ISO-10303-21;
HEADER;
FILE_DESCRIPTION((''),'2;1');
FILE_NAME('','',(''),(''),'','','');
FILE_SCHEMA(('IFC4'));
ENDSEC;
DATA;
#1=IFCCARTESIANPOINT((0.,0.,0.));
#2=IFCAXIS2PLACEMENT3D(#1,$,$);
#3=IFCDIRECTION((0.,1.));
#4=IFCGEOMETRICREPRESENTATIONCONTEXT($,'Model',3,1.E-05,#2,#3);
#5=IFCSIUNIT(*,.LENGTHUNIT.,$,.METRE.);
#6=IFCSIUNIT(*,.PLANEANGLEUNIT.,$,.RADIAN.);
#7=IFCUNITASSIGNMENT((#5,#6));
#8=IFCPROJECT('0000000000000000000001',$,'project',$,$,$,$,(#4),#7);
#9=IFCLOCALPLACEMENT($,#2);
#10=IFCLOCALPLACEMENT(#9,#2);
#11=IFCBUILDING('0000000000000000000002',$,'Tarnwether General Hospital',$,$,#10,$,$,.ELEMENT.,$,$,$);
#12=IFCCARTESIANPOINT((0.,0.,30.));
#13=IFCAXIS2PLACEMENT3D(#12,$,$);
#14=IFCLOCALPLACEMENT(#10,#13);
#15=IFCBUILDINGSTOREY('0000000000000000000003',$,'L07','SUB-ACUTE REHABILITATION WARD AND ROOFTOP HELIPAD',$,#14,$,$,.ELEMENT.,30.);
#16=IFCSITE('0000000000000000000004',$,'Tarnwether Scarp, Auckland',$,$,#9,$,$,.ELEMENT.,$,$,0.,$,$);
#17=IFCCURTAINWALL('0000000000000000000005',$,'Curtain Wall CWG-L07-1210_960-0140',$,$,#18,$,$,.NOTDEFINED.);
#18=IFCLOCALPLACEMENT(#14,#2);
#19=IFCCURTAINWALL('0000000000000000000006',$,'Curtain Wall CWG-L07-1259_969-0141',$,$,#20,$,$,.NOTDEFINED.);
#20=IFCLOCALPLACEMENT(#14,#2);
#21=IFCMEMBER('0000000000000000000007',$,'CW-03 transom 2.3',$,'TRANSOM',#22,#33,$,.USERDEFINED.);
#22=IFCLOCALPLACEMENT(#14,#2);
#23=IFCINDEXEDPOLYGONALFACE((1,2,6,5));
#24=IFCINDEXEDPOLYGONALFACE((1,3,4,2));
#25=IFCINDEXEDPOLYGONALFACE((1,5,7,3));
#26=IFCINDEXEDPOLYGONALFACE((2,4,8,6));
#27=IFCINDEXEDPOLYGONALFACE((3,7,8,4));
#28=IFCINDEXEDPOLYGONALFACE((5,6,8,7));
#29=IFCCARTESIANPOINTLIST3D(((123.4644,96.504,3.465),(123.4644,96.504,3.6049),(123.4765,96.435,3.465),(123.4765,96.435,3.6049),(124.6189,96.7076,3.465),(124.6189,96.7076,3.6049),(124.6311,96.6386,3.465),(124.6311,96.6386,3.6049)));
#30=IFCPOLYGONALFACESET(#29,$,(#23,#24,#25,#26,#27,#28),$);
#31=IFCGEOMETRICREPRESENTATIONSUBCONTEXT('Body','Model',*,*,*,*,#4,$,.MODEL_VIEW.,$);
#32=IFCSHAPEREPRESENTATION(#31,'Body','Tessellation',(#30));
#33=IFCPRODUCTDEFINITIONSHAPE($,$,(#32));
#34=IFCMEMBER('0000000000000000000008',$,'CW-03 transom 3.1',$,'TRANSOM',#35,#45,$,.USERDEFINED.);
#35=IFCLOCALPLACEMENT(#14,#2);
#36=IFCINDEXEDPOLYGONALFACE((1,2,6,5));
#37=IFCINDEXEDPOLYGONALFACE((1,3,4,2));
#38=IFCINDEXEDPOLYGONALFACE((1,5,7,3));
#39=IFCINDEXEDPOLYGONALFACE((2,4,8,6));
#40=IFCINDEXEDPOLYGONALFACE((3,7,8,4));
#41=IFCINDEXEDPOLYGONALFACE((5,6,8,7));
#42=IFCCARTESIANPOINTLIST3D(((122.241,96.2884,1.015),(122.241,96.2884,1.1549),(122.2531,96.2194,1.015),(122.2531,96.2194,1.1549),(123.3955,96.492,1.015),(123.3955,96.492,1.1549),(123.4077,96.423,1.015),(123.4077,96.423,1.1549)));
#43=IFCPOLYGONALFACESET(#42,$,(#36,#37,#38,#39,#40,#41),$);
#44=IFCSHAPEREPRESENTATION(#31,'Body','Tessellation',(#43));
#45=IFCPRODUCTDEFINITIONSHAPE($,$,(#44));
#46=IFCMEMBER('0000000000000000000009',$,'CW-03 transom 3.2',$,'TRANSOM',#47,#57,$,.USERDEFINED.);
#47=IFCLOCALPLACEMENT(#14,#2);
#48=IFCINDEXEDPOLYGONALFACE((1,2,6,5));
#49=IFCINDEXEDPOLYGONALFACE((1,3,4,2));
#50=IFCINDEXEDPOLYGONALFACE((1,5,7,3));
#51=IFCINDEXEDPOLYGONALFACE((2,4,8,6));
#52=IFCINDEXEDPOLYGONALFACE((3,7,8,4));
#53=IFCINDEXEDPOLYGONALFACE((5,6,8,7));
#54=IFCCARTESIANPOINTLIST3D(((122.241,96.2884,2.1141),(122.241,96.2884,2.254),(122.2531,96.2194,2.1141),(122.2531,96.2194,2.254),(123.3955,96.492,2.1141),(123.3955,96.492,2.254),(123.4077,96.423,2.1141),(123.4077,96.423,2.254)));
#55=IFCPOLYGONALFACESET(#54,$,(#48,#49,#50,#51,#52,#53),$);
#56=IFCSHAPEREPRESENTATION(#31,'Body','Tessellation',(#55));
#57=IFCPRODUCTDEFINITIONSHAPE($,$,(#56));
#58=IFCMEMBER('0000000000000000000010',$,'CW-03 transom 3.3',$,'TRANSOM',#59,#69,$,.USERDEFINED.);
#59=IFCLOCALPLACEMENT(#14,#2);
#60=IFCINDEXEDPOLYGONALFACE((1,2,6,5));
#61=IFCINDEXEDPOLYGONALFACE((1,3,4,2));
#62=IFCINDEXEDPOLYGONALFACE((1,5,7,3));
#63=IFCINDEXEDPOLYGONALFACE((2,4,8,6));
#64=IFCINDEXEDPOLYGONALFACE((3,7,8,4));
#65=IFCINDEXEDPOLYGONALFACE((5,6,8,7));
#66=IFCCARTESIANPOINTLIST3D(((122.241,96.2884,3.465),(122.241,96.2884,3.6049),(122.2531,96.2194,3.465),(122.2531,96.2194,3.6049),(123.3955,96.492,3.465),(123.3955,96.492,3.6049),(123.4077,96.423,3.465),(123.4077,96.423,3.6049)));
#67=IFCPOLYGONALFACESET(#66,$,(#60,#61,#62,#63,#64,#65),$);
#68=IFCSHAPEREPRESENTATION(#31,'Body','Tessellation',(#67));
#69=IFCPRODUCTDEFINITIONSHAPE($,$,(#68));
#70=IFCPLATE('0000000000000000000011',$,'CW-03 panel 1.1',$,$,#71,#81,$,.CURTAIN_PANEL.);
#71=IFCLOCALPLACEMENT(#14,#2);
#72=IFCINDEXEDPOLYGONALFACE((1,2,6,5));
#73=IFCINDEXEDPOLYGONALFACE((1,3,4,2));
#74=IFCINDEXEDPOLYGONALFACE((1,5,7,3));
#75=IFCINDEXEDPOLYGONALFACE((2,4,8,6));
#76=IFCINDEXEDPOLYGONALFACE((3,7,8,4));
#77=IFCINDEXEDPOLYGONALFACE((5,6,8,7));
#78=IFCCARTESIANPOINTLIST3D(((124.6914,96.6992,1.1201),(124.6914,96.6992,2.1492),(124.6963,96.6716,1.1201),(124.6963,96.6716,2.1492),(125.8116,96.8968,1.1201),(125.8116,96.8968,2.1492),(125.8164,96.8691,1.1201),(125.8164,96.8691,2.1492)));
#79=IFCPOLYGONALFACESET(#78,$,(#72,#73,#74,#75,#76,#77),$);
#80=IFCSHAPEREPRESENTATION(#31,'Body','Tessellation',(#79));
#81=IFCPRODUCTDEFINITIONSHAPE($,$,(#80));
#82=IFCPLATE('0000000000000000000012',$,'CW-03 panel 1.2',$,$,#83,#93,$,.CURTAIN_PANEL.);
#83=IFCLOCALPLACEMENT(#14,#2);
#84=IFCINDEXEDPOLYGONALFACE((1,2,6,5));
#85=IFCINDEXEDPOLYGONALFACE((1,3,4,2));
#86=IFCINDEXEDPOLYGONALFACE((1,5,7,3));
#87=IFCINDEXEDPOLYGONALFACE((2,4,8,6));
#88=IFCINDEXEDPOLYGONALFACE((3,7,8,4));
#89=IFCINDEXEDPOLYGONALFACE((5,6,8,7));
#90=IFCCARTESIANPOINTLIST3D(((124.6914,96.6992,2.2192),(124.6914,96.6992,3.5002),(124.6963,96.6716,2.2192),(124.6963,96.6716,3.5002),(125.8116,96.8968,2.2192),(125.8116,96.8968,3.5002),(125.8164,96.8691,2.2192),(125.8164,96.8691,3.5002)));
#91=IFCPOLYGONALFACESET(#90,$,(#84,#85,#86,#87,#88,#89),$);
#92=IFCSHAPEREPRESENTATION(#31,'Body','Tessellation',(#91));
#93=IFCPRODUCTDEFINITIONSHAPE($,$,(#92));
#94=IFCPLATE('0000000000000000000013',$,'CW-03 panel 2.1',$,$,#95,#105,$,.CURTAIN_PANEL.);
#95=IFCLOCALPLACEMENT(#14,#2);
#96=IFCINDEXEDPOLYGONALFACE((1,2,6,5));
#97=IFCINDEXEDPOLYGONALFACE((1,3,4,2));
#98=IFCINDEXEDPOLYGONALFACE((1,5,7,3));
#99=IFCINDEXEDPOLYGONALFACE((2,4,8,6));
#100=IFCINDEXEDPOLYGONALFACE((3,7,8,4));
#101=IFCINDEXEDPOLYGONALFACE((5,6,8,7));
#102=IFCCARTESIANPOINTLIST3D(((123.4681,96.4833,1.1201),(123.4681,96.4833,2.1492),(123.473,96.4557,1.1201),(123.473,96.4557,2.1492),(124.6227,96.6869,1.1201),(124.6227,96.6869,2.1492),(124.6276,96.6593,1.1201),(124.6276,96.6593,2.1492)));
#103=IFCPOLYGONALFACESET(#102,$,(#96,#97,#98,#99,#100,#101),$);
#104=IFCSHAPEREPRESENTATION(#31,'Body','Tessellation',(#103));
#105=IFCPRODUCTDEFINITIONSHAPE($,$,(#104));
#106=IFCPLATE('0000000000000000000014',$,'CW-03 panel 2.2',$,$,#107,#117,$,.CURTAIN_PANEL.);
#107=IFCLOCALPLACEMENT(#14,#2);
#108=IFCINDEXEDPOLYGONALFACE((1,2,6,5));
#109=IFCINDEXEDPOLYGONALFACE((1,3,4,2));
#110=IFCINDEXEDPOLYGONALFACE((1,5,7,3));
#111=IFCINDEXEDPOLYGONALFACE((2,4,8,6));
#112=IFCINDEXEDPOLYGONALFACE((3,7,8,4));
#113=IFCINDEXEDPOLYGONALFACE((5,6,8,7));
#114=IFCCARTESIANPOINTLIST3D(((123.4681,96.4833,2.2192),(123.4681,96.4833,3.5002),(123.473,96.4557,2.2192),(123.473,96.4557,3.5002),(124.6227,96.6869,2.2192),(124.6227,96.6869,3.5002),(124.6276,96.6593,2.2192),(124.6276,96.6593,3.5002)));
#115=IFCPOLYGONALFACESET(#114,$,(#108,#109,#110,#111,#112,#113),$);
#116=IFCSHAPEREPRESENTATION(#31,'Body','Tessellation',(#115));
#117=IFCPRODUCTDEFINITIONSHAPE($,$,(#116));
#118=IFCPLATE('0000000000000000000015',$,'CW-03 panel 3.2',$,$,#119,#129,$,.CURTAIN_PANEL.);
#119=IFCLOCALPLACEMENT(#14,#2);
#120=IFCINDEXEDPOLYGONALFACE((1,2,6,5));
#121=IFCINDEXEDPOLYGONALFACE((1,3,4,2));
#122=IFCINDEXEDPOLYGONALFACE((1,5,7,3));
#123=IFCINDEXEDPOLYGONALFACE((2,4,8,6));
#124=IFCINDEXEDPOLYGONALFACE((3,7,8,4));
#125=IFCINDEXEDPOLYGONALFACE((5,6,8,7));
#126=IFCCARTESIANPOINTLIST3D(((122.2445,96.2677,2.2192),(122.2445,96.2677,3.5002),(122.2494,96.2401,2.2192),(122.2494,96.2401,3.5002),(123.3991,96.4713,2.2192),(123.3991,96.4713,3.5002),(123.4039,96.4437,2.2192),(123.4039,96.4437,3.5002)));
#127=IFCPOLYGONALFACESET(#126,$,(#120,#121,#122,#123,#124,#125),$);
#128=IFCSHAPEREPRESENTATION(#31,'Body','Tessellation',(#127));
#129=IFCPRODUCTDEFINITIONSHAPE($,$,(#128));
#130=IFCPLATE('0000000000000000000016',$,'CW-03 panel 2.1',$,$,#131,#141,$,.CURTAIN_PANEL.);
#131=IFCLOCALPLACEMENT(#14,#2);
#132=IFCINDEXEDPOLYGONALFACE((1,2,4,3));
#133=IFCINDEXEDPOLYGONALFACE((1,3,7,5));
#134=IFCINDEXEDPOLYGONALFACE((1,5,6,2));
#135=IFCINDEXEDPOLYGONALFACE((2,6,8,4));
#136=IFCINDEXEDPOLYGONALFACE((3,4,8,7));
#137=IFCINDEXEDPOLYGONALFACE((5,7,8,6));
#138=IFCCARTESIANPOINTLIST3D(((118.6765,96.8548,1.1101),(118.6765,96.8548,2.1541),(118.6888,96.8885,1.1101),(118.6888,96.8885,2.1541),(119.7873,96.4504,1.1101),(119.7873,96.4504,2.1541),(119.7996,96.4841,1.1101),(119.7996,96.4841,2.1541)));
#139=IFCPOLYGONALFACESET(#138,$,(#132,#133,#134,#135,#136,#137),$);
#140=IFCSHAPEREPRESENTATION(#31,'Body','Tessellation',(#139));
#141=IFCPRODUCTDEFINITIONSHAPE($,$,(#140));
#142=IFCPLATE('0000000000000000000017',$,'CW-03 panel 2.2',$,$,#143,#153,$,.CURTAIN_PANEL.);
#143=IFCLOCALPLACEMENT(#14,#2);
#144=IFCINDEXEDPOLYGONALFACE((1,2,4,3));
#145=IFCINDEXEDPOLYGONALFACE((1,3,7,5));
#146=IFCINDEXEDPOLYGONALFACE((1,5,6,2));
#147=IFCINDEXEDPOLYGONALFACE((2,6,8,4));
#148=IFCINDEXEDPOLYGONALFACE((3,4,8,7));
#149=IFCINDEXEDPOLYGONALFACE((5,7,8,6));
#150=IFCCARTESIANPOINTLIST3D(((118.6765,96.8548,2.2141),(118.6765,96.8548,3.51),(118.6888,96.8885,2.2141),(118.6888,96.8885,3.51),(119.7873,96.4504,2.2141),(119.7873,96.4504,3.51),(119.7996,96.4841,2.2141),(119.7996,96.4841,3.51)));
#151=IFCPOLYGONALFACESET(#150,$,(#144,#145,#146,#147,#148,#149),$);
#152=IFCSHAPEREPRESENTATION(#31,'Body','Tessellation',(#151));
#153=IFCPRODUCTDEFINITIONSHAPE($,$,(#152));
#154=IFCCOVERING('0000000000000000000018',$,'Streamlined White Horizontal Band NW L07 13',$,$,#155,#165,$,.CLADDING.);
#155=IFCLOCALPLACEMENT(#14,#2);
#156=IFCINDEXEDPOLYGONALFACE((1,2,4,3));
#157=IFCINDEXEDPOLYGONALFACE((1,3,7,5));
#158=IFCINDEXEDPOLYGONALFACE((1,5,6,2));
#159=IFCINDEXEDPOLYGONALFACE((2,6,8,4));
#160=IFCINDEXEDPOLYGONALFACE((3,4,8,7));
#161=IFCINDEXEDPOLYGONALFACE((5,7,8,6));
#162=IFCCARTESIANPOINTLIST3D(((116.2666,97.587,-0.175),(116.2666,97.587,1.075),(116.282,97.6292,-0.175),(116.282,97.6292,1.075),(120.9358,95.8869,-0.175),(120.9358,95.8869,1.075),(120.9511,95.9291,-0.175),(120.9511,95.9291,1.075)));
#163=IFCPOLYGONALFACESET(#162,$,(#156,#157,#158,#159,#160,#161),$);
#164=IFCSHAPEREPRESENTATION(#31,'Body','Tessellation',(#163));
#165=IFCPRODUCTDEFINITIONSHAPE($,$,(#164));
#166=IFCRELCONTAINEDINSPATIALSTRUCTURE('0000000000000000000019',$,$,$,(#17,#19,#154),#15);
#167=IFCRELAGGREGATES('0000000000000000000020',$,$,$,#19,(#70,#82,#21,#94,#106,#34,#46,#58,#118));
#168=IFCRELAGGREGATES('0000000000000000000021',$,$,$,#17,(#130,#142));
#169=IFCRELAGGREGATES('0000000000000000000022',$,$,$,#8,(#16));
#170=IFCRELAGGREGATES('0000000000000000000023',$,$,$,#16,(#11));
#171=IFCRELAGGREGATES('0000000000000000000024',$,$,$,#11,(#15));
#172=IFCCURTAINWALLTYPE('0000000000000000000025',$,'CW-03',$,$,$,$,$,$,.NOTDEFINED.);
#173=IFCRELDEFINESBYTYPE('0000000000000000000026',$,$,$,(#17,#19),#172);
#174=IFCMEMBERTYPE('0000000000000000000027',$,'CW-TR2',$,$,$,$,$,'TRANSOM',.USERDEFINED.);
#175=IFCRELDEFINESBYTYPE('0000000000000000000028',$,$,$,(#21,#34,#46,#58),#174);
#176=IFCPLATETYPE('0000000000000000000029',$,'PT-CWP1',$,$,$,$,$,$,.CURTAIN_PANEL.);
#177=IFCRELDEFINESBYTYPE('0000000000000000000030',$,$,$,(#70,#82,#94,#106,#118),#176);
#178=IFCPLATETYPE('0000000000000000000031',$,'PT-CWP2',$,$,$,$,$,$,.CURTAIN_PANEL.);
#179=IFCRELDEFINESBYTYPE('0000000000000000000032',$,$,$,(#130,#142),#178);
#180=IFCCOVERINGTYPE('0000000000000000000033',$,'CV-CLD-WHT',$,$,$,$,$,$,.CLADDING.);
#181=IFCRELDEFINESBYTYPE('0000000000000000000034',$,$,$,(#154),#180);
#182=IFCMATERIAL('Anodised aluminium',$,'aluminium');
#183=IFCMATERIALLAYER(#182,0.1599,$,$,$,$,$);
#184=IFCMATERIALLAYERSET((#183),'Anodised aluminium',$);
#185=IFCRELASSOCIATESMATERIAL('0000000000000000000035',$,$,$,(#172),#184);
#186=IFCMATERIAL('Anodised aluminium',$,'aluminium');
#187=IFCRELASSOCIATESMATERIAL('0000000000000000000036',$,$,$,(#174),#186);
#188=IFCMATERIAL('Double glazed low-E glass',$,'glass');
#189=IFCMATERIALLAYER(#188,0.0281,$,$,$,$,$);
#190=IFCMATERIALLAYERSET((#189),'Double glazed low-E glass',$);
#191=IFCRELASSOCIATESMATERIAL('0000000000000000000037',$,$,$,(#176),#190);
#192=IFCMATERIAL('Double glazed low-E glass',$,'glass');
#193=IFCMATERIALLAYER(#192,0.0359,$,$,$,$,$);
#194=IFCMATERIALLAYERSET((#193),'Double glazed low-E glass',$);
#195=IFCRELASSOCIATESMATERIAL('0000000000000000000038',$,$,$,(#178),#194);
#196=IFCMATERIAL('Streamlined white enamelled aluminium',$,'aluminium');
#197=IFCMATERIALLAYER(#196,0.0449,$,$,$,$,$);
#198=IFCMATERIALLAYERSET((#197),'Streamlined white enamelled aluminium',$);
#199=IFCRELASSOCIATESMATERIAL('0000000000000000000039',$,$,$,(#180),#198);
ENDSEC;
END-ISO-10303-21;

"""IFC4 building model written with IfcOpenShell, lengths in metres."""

from ifc_helpers import new_model, si_unit, direction, frame, origin, origin_2d, place, context, subcontext, project, spatial, rectangle, extrude, material, layer, layer_set, material_profile, profile_set, type_object, element, aggregate, save


model = new_model("IFC4")

# Units and contexts
model_context = context("Model", 3, precision=1e-05, world=origin(), true_north=direction((0.0, 1.0)))
body_context = subcontext(model_context, "Body", "Model", "MODEL_VIEW")
ifc_project = project(units=[si_unit("LENGTHUNIT", "METRE"), si_unit("PLANEANGLEUNIT", "RADIAN")], contexts=[model_context])

# Site, building, storey
site_placement = place(None, origin())
site = spatial("IfcSite", under=ifc_project, at=site_placement, Name="Tarnwether Scarp, Auckland", CompositionType="ELEMENT", RefElevation=0.0)
building_placement = place(site_placement, origin())
building = spatial("IfcBuilding", under=site, at=building_placement, Name="Tarnwether General Hospital", CompositionType="ELEMENT")
storey_placement = place(building_placement, frame((0.0, 0.0, 30.0)))
storey = spatial("IfcBuildingStorey", under=building, at=storey_placement, Name="L07", Description="SUB-ACUTE REHABILITATION WARD AND ROOFTOP HELIPAD", CompositionType="ELEMENT", Elevation=30.0)

# Curtain walls
ifc_material_1 = material(Name="Anodised aluminium", Category="aluminium")
ifc_layer_1 = layer(ifc_material_1, 0.1599)
ifc_layer_set_1 = layer_set([ifc_layer_1], Name="Anodised aluminium")
curtain_wall_type = type_object("IfcCurtainWallType", Name="CW-03", PredefinedType="NOTDEFINED", material=ifc_layer_set_1)
curtain_wall_1_placement = place(storey_placement, origin())
curtain_wall_1 = element("IfcCurtainWall", 1, at=curtain_wall_1_placement, inside=storey, type_object=curtain_wall_type, Name="Curtain Wall CWG-L07-1210_960-0140", PredefinedType="NOTDEFINED")
curtain_wall_2_placement = place(storey_placement, origin())
curtain_wall_2 = element("IfcCurtainWall", 2, at=curtain_wall_2_placement, inside=storey, type_object=curtain_wall_type, Name="Curtain Wall CWG-L07-1259_969-0141", PredefinedType="NOTDEFINED")

# Members
ifc_material_2 = material(Name="Anodised aluminium", Category="aluminium")
ifc_material_profile_1 = material_profile(ifc_material_2, rectangle(XDim=0.0701, YDim=0.1399, at=origin_2d()), Name="ALU-TRN-70x140")
ifc_profile_set_1 = profile_set([ifc_material_profile_1], Name="Anodised aluminium")
member_type_1 = type_object("IfcMemberType", Name="CW-TR2", ElementType="TRANSOM", PredefinedType="USERDEFINED", material=ifc_profile_set_1)
member_1_placement = place(storey_placement, frame((124.625, 96.6731, 3.5349), z_axis=(-0.984802, -0.173678, 0.0), x_axis=(0.173678, -0.984802, 0.0)))
member_1 = element("IfcMember", 3, at=member_1_placement, type_object=member_type_1, Name="CW-03 transom 2.3", ObjectType="TRANSOM", PredefinedType="USERDEFINED", context=body_context, shape_type="SweptSolid", body=[
    extrude(rectangle(XDim=0.0701, YDim=0.1399, at=origin_2d()), origin(), (0.0, 0.0, 1.0), 1.1724),
])
member_2_placement = place(storey_placement, frame((123.4016, 96.4575, 1.085), z_axis=(-0.984802, -0.173678, 0.0), x_axis=(0.173678, -0.984802, 0.0)))
member_2 = element("IfcMember", 4, at=member_2_placement, type_object=member_type_1, Name="CW-03 transom 3.1", ObjectType="TRANSOM", PredefinedType="USERDEFINED", context=body_context, shape_type="SweptSolid", body=[
    extrude(rectangle(XDim=0.0701, YDim=0.1399, at=origin_2d()), origin(), (0.0, 0.0, 1.0), 1.1724),
])
member_3_placement = place(storey_placement, frame((123.4016, 96.4575, 2.1841), z_axis=(-0.984802, -0.173678, 0.0), x_axis=(0.173678, -0.984802, 0.0)))
member_3 = element("IfcMember", 5, at=member_3_placement, type_object=member_type_1, Name="CW-03 transom 3.2", ObjectType="TRANSOM", PredefinedType="USERDEFINED", context=body_context, shape_type="SweptSolid", body=[
    extrude(rectangle(XDim=0.0701, YDim=0.1399, at=origin_2d()), origin(), (0.0, 0.0, 1.0), 1.1724),
])
member_4_placement = place(storey_placement, frame((123.4016, 96.4575, 3.5349), z_axis=(-0.984802, -0.173678, 0.0), x_axis=(0.173678, -0.984802, 0.0)))
member_4 = element("IfcMember", 6, at=member_4_placement, type_object=member_type_1, Name="CW-03 transom 3.3", ObjectType="TRANSOM", PredefinedType="USERDEFINED", context=body_context, shape_type="SweptSolid", body=[
    extrude(rectangle(XDim=0.0701, YDim=0.1399, at=origin_2d()), origin(), (0.0, 0.0, 1.0), 1.1724),
])

# Plates
ifc_material_3 = material(Name="Double glazed low-E glass", Category="glass")
ifc_layer_2 = layer(ifc_material_3, 0.0281)
ifc_layer_set_2 = layer_set([ifc_layer_2], Name="Double glazed low-E glass")
plate_type_1 = type_object("IfcPlateType", Name="PT-CWP1", PredefinedType="CURTAIN_PANEL", material=ifc_layer_set_2)
plate_1_placement = place(storey_placement, frame((125.2539, 96.7842, 1.1201), z_axis=(0.0, 0.0, 1.0), x_axis=(-0.984806, -0.173659, 0.0)))
plate_1 = element("IfcPlate", 7, at=plate_1_placement, type_object=plate_type_1, Name="CW-03 panel 1.1", PredefinedType="CURTAIN_PANEL", context=body_context, shape_type="SweptSolid", body=[
    extrude(rectangle(XDim=1.1375, YDim=0.0281, at=origin_2d()), origin(), (0.0, 0.0, 1.0), 1.0291),
])
plate_2_placement = place(storey_placement, frame((125.2539, 96.7842, 2.2192), z_axis=(0.0, 0.0, 1.0), x_axis=(-0.984806, -0.173659, 0.0)))
plate_2 = element("IfcPlate", 8, at=plate_2_placement, type_object=plate_type_1, Name="CW-03 panel 1.2", PredefinedType="CURTAIN_PANEL", context=body_context, shape_type="SweptSolid", body=[
    extrude(rectangle(XDim=1.1375, YDim=0.0281, at=origin_2d()), origin(), (0.0, 0.0, 1.0), 1.281),
])
plate_3_placement = place(storey_placement, frame((124.0479, 96.5713, 1.1201), z_axis=(0.0, 0.0, 1.0), x_axis=(-0.984806, -0.173659, 0.0)))
plate_3 = element("IfcPlate", 9, at=plate_3_placement, type_object=plate_type_1, Name="CW-03 panel 2.1", PredefinedType="CURTAIN_PANEL", context=body_context, shape_type="SweptSolid", body=[
    extrude(rectangle(XDim=1.1724, YDim=0.0281, at=origin_2d()), origin(), (0.0, 0.0, 1.0), 1.0291),
])
plate_4_placement = place(storey_placement, frame((124.0479, 96.5713, 2.2192), z_axis=(0.0, 0.0, 1.0), x_axis=(-0.984806, -0.173659, 0.0)))
plate_4 = element("IfcPlate", 10, at=plate_4_placement, type_object=plate_type_1, Name="CW-03 panel 2.2", PredefinedType="CURTAIN_PANEL", context=body_context, shape_type="SweptSolid", body=[
    extrude(rectangle(XDim=1.1724, YDim=0.0281, at=origin_2d()), origin(), (0.0, 0.0, 1.0), 1.281),
])
plate_5_placement = place(storey_placement, frame((122.8242, 96.3557, 2.2192), z_axis=(0.0, 0.0, 1.0), x_axis=(-0.984806, -0.173659, 0.0)))
plate_5 = element("IfcPlate", 11, at=plate_5_placement, type_object=plate_type_1, Name="CW-03 panel 3.2", PredefinedType="CURTAIN_PANEL", context=body_context, shape_type="SweptSolid", body=[
    extrude(rectangle(XDim=1.1724, YDim=0.0281, at=origin_2d()), origin(), (0.0, 0.0, 1.0), 1.281),
])
aggregate(curtain_wall_2, [plate_1, plate_2, member_1, plate_3, plate_4, member_2, member_3, member_4, plate_5])
ifc_material_4 = material(Name="Double glazed low-E glass", Category="glass")
ifc_layer_3 = layer(ifc_material_4, 0.0359)
ifc_layer_set_3 = layer_set([ifc_layer_3], Name="Double glazed low-E glass")
plate_type_2 = type_object("IfcPlateType", Name="PT-CWP2", PredefinedType="CURTAIN_PANEL", material=ifc_layer_set_3)
plate_6_placement = place(storey_placement, frame((119.238, 96.6694, 1.1101), z_axis=(0.0, 0.0, 1.0), x_axis=(-0.939652, 0.342131, 0.0)))
plate_6 = element("IfcPlate", 12, at=plate_6_placement, type_object=plate_type_2, Name="CW-03 panel 2.1", PredefinedType="CURTAIN_PANEL", context=body_context, shape_type="SweptSolid", body=[
    extrude(rectangle(XDim=1.1821, YDim=0.0359, at=origin_2d()), origin(), (0.0, 0.0, 1.0), 1.0439),
])
plate_7_placement = place(storey_placement, frame((119.238, 96.6694, 2.2141), z_axis=(0.0, 0.0, 1.0), x_axis=(-0.939652, 0.342131, 0.0)))
plate_7 = element("IfcPlate", 13, at=plate_7_placement, type_object=plate_type_2, Name="CW-03 panel 2.2", PredefinedType="CURTAIN_PANEL", context=body_context, shape_type="SweptSolid", body=[
    extrude(rectangle(XDim=1.1821, YDim=0.0359, at=origin_2d()), origin(), (0.0, 0.0, 1.0), 1.2959),
])
aggregate(curtain_wall_1, [plate_6, plate_7])

# Covering
ifc_material_5 = material(Name="Streamlined white enamelled aluminium", Category="aluminium")
ifc_layer_4 = layer(ifc_material_5, 0.0449)
ifc_layer_set_4 = layer_set([ifc_layer_4], Name="Streamlined white enamelled aluminium")
covering_type = type_object("IfcCoveringType", Name="CV-CLD-WHT", PredefinedType="CLADDING", material=ifc_layer_set_4)
covering_placement = place(storey_placement, frame((118.6089, 96.7581, -0.175), z_axis=(0.0, 0.0, 1.0), x_axis=(-0.939651, 0.342135, 0.0)))
element("IfcCovering", 14, at=covering_placement, inside=storey, type_object=covering_type, Name="Streamlined White Horizontal Band NW L07 13", PredefinedType="CLADDING", context=body_context, shape_type="SweptSolid", body=[
    extrude(rectangle(XDim=4.969, YDim=0.0449, at=origin_2d()), origin(), (0.0, 0.0, 1.0), 1.25),
])

save(model, "model.ifc")
